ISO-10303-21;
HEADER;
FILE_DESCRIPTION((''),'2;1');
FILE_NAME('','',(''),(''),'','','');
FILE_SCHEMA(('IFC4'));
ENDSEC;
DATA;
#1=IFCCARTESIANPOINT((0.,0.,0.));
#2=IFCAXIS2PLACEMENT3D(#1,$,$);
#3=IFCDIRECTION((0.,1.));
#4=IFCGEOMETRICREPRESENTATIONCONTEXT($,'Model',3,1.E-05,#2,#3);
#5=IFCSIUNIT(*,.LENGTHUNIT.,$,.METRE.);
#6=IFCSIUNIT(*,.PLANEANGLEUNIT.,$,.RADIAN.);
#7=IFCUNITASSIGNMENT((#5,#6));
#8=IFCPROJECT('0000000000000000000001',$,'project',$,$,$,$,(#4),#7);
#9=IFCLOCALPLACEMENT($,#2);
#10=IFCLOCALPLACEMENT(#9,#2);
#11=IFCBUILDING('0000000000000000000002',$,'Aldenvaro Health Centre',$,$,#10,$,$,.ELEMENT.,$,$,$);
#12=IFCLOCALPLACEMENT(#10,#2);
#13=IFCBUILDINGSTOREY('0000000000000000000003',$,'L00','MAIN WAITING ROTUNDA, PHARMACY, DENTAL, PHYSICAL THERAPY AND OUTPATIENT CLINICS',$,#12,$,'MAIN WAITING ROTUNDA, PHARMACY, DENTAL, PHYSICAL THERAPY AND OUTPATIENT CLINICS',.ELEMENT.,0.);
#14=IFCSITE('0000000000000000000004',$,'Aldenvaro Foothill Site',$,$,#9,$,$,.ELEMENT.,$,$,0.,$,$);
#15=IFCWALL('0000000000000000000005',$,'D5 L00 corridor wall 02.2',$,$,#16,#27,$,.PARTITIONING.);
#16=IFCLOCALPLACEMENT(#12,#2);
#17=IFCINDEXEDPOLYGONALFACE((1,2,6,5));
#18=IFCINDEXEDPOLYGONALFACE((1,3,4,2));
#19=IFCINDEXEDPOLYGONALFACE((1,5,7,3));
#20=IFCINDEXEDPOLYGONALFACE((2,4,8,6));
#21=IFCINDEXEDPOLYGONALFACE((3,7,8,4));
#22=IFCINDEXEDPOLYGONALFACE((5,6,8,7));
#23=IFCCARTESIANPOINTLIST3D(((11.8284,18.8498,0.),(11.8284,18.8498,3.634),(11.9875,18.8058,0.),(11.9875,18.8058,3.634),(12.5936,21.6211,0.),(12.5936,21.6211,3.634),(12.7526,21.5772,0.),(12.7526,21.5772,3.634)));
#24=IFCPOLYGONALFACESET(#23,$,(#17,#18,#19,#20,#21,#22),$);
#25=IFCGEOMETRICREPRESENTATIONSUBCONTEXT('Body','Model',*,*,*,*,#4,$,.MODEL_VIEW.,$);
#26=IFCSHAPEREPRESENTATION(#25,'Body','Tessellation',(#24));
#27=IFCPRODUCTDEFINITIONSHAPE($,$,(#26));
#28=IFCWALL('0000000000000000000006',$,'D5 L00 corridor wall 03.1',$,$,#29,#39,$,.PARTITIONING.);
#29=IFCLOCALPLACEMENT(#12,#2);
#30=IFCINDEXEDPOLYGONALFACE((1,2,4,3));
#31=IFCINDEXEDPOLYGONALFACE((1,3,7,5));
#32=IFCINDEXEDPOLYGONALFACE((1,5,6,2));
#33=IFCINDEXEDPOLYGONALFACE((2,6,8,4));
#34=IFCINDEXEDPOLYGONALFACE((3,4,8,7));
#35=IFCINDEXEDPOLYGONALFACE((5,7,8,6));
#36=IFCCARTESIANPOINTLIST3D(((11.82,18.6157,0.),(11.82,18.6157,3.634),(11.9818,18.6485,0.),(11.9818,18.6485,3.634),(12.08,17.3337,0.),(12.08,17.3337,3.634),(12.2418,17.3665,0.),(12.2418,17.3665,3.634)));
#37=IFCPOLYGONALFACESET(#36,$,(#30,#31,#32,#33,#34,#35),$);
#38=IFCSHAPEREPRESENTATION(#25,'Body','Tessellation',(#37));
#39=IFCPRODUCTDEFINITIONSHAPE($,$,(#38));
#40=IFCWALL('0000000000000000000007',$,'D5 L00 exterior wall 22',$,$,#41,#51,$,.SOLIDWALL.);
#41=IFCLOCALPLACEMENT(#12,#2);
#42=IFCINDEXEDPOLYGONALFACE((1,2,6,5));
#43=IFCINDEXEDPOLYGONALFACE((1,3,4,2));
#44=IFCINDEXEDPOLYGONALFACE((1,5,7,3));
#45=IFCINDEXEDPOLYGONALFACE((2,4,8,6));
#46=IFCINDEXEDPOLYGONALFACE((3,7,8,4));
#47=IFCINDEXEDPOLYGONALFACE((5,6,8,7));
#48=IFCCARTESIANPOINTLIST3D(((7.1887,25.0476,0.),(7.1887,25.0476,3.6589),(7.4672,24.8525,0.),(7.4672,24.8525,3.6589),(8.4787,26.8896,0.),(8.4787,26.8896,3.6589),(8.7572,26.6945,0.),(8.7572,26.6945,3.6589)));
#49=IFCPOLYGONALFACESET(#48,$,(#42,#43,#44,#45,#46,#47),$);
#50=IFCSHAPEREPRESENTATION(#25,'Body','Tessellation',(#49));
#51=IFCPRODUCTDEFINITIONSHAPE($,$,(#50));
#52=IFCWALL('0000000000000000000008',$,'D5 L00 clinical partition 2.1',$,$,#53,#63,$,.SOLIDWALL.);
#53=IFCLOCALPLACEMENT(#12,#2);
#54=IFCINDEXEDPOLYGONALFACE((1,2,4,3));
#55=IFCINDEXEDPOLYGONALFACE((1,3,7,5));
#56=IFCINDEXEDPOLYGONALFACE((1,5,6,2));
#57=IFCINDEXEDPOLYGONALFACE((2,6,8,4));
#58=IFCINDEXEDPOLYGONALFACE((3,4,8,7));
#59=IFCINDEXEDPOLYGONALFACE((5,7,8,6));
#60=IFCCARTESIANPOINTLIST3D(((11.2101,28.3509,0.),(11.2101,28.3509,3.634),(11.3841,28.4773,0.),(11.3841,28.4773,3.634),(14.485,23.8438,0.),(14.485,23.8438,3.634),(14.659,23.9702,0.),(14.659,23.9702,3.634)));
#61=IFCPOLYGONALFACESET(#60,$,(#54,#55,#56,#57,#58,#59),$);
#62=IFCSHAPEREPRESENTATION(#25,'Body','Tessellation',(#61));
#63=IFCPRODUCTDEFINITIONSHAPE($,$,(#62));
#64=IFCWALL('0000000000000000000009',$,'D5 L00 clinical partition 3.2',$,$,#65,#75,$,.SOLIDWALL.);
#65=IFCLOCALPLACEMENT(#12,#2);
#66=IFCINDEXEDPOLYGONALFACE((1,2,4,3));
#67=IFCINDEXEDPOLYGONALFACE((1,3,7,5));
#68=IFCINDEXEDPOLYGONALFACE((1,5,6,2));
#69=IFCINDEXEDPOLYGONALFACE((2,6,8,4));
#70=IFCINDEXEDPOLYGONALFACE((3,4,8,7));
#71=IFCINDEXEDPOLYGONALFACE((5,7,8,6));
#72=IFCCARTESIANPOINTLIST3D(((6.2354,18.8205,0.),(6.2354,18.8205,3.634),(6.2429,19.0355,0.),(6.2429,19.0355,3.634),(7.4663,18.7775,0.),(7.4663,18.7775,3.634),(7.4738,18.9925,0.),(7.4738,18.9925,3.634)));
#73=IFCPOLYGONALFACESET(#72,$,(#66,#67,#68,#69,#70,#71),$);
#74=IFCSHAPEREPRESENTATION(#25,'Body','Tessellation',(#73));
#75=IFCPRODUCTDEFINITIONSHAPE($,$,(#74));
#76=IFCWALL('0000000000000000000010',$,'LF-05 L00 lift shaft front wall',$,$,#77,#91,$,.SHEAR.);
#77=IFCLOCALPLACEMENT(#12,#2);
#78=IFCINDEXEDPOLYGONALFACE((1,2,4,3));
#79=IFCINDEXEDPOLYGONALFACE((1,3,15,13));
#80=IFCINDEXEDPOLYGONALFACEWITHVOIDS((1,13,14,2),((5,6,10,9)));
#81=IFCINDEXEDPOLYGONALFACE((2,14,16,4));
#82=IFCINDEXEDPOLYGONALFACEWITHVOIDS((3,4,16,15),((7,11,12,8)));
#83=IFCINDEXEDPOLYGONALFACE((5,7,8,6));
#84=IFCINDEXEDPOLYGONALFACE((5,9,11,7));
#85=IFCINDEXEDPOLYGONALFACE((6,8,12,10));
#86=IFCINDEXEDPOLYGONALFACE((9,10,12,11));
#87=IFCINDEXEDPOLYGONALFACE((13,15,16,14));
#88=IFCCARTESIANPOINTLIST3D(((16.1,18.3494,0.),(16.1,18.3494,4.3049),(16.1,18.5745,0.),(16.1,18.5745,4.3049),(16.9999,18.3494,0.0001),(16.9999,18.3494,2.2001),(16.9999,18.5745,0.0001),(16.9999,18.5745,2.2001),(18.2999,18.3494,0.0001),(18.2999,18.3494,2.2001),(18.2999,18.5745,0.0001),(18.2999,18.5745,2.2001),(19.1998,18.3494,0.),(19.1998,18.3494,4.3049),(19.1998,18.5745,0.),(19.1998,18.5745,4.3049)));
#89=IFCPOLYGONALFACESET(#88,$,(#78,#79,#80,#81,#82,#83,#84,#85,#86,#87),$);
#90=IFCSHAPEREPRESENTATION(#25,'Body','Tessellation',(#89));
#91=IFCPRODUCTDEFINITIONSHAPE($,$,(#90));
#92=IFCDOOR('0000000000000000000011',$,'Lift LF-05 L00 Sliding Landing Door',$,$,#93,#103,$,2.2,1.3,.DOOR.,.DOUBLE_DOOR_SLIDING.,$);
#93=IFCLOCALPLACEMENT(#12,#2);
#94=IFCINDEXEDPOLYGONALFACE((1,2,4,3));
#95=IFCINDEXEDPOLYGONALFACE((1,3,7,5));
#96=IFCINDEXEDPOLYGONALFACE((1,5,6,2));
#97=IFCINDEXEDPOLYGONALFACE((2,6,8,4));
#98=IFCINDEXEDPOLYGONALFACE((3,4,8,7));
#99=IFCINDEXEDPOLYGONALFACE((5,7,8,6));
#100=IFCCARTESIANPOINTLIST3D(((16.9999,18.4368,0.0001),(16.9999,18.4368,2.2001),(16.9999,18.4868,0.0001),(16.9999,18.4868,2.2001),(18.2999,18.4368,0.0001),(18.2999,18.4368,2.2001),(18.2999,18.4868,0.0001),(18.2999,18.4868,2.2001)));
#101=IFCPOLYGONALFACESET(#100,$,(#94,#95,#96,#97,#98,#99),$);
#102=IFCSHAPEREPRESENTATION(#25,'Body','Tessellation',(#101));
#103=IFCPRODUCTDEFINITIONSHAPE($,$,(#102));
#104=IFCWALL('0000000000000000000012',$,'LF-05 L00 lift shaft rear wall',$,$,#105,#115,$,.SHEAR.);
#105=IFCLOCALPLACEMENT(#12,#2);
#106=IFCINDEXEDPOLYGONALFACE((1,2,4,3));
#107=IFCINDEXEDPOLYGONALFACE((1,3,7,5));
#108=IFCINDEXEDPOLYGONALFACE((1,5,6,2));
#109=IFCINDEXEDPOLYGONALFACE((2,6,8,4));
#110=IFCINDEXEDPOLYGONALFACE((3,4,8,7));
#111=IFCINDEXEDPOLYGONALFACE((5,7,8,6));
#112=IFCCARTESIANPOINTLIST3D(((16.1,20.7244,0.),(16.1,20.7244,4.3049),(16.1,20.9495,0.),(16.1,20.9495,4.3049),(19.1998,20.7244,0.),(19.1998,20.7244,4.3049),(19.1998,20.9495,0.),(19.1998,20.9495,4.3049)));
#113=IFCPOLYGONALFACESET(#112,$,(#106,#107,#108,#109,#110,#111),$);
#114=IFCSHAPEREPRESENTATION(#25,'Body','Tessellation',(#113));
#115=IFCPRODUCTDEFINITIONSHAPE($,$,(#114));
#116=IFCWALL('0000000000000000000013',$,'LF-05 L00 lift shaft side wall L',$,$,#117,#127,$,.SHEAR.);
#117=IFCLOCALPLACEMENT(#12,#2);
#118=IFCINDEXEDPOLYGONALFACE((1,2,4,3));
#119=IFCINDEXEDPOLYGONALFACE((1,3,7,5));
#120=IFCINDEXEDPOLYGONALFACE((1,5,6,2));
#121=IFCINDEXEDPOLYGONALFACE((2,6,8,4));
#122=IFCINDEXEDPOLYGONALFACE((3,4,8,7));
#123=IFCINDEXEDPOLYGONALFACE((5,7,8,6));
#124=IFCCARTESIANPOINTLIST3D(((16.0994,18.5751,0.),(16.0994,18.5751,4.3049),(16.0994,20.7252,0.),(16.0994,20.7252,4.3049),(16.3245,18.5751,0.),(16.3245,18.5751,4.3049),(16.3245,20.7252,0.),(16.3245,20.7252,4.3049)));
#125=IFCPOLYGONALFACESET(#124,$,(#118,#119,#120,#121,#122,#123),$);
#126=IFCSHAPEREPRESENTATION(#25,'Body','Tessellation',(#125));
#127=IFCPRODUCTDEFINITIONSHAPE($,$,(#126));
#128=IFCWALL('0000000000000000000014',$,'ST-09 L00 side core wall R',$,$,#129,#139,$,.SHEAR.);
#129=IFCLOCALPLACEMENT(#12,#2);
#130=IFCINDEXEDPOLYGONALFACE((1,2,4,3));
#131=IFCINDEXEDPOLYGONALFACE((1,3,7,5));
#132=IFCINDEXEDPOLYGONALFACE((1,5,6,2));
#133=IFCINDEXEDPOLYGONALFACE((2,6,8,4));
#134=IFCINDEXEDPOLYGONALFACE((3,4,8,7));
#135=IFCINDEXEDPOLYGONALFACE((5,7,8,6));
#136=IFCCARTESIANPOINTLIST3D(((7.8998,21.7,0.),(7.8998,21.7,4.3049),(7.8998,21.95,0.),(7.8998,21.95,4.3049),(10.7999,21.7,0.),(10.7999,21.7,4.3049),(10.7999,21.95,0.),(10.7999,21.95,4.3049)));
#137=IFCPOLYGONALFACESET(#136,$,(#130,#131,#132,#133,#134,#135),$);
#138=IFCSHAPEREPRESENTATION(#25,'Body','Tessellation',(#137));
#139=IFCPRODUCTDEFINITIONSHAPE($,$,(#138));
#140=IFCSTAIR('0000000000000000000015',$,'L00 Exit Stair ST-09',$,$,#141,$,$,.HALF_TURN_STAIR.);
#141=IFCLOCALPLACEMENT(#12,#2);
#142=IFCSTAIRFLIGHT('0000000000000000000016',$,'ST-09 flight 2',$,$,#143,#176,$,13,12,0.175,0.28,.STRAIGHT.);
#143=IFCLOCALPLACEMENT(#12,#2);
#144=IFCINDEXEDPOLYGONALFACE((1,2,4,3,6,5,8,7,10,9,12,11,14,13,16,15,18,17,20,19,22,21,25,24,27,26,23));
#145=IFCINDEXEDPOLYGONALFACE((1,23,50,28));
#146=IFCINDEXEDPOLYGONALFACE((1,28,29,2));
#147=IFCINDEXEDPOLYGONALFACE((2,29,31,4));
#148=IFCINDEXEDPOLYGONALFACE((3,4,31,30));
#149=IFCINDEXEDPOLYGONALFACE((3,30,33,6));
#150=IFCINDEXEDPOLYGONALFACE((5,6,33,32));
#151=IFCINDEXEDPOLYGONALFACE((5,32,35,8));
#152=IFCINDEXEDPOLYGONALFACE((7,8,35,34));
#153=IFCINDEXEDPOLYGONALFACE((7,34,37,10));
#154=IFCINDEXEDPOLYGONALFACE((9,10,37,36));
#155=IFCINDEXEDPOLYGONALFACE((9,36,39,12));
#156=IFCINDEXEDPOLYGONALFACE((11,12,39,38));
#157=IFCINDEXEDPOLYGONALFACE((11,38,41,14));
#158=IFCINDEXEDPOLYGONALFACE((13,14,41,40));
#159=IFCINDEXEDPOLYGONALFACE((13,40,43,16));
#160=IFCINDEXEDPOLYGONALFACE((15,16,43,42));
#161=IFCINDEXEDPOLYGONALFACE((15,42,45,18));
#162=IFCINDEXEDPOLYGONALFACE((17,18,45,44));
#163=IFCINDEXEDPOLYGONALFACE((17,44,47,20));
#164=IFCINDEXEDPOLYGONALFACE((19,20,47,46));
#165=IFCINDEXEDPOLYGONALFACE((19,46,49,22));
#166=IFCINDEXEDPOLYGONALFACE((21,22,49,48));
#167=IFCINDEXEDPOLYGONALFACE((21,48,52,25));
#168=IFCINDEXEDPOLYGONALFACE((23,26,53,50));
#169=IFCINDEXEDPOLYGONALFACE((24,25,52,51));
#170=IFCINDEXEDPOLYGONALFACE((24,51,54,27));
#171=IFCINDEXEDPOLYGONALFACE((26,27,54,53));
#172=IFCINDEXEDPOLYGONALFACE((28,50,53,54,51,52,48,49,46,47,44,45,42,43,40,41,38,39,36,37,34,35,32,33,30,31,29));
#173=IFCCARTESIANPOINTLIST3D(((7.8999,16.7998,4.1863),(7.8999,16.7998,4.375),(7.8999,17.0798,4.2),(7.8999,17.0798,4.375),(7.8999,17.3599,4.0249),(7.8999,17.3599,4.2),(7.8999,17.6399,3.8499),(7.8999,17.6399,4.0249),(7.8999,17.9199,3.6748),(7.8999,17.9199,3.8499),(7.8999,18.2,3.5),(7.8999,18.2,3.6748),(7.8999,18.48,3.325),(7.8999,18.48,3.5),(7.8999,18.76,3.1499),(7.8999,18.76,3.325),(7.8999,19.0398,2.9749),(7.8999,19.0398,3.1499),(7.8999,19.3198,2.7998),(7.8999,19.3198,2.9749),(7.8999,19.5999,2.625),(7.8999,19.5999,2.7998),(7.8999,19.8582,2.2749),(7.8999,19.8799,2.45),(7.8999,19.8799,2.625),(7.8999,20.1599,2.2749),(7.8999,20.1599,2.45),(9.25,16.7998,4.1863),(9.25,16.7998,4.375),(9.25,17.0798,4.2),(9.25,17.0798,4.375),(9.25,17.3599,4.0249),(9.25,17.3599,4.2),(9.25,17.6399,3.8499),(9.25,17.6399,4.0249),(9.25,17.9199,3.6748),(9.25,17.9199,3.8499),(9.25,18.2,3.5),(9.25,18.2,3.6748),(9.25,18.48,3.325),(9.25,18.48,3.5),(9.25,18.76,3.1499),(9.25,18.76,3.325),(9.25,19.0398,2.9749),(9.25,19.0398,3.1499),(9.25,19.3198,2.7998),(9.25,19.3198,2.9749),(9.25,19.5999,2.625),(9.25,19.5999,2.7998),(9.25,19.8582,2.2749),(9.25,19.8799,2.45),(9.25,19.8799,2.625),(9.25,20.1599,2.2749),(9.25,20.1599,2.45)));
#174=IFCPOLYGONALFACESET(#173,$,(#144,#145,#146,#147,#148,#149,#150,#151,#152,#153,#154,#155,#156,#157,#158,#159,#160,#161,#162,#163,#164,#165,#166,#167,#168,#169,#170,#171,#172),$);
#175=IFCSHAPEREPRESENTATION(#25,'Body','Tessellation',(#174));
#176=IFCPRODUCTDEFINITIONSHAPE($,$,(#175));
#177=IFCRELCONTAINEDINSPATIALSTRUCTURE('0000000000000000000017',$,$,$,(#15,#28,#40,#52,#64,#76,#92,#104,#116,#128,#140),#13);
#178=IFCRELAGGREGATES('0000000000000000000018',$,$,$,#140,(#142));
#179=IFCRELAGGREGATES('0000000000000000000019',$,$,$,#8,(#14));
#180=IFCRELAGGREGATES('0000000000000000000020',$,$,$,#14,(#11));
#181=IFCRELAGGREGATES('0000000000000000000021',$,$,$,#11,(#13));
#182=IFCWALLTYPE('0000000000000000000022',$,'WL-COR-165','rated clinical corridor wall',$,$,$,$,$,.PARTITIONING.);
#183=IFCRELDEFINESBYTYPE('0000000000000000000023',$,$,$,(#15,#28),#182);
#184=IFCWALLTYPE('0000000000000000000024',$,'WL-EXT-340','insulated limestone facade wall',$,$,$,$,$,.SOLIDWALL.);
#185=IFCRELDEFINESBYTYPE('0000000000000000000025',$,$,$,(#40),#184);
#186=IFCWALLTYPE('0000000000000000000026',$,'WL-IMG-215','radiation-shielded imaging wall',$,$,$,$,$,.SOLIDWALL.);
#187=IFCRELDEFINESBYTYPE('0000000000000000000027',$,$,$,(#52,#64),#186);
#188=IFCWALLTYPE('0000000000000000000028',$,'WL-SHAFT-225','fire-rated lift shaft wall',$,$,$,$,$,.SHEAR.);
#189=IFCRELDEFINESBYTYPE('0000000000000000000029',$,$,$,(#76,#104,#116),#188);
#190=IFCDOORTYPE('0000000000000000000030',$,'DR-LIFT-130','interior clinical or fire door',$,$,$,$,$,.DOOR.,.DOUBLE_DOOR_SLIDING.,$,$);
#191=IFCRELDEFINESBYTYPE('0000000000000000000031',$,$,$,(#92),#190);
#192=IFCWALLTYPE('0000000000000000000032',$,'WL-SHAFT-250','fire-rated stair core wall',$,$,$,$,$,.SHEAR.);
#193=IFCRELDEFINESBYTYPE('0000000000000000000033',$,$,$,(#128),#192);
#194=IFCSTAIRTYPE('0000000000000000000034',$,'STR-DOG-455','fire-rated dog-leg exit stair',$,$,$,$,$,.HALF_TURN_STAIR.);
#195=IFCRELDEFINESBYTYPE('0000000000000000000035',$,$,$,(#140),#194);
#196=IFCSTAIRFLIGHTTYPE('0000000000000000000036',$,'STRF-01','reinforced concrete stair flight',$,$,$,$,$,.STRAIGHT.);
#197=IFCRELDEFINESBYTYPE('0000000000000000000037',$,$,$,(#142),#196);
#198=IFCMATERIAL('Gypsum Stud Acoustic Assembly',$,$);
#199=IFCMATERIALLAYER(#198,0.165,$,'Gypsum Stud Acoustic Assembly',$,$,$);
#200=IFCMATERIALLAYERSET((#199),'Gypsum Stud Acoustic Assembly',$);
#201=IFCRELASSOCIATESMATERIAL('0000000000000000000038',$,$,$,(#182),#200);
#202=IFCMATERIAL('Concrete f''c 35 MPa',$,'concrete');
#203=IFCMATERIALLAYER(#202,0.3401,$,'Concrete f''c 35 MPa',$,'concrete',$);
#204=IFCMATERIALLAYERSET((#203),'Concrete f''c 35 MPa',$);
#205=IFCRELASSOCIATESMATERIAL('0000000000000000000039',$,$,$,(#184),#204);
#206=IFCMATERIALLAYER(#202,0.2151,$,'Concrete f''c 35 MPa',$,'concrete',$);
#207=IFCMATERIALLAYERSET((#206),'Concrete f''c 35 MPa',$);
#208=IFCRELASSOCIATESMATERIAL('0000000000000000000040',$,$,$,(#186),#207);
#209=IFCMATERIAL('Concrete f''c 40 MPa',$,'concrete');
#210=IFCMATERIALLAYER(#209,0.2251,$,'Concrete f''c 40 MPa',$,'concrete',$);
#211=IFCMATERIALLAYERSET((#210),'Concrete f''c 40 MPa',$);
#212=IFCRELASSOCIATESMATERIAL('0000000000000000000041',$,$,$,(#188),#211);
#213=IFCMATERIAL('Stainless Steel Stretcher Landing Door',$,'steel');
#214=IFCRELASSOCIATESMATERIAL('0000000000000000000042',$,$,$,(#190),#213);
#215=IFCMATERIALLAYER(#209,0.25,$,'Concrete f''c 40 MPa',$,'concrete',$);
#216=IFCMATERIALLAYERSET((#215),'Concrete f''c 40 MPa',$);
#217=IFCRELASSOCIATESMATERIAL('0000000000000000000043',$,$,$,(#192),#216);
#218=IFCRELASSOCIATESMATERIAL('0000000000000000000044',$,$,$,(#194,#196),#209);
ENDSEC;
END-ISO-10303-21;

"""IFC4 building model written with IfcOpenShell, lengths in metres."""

from ifc_helpers import new_model, si_unit, direction, frame, frame_2d, origin, place, context, subcontext, project, spatial, polyline, rectangle, outline, extrude, material, layer, layer_set, type_object, element, fill, aggregate, save


model = new_model("IFC4")

# Units and contexts
model_context = context("Model", 3, precision=1e-05, world=origin(), true_north=direction((0.0, 1.0)))
body_context = subcontext(model_context, "Body", "Model", "MODEL_VIEW")
ifc_project = project(units=[si_unit("LENGTHUNIT", "METRE"), si_unit("PLANEANGLEUNIT", "RADIAN")], contexts=[model_context])

# Site, building, storey
site_placement = place(None, origin())
site = spatial("IfcSite", under=ifc_project, at=site_placement, Name="Aldenvaro Foothill Site", CompositionType="ELEMENT", RefElevation=0.0)
building_placement = place(site_placement, origin())
building = spatial("IfcBuilding", under=site, at=building_placement, Name="Aldenvaro Health Centre", CompositionType="ELEMENT")
storey_placement = place(building_placement, origin())
storey = spatial("IfcBuildingStorey", under=building, at=storey_placement, Name="L00", Description="MAIN WAITING ROTUNDA, PHARMACY, DENTAL, PHYSICAL THERAPY AND OUTPATIENT CLINICS", LongName="MAIN WAITING ROTUNDA, PHARMACY, DENTAL, PHYSICAL THERAPY AND OUTPATIENT CLINICS", CompositionType="ELEMENT", Elevation=0.0)

# Shared definitions
ifc_material_1 = material(Name="Concrete f'c 40 MPa", Category="concrete")

# Shared definitions
ifc_material_2 = material(Name="Gypsum Stud Acoustic Assembly")
ifc_layer_1 = layer(ifc_material_2, 0.165, Name="Gypsum Stud Acoustic Assembly")
ifc_layer_set_1 = layer_set([ifc_layer_1], Name="Gypsum Stud Acoustic Assembly")
wall_type_1 = type_object("IfcWallType", Name="WL-COR-165", Description="rated clinical corridor wall", PredefinedType="PARTITIONING", material=ifc_layer_set_1)

# Walls
wall_1_placement = place(storey_placement, frame((12.6731, 21.5991, 0.0), z_axis=(0.0, 0.0, 1.0), x_axis=(-0.266141, -0.963934, 0.0)))
element("IfcWall", 1, at=wall_1_placement, inside=storey, type_object=wall_type_1, Name="D5 L00 corridor wall 02.2", PredefinedType="PARTITIONING", context=body_context, shape_type="SweptSolid", body=[
    extrude(rectangle(XDim=2.875, YDim=0.165, at=frame_2d((1.4375, 0.0))), origin(), (0.0, 0.0, 1.0), 3.634),
])
wall_2_placement = place(storey_placement, frame((11.9009, 18.6321, 0.0), z_axis=(0.0, 0.0, 1.0), x_axis=(0.198771, -0.980046, 0.0)))
element("IfcWall", 2, at=wall_2_placement, inside=storey, type_object=wall_type_1, Name="D5 L00 corridor wall 03.1", PredefinedType="PARTITIONING", context=body_context, shape_type="SweptSolid", body=[
    extrude(rectangle(XDim=1.3081, YDim=0.165, at=frame_2d((0.6541, 0.0))), origin(), (0.0, 0.0, 1.0), 3.634),
])
ifc_material_3 = material(Name="Concrete f'c 35 MPa", Category="concrete")
ifc_layer_2 = layer(ifc_material_3, 0.3401, Name="Concrete f'c 35 MPa", Category="concrete")
ifc_layer_set_2 = layer_set([ifc_layer_2], Name="Concrete f'c 35 MPa")
wall_type_2 = type_object("IfcWallType", Name="WL-EXT-340", Description="insulated limestone facade wall", PredefinedType="SOLIDWALL", material=ifc_layer_set_2)
wall_3_placement = place(storey_placement, frame((7.3279, 24.95, 0.0), z_axis=(0.0, 0.0, 1.0), x_axis=(0.573644, 0.819104, 0.0)))
element("IfcWall", 3, at=wall_3_placement, inside=storey, type_object=wall_type_2, Name="D5 L00 exterior wall 22", PredefinedType="SOLIDWALL", context=body_context, shape_type="SweptSolid", body=[
    extrude(rectangle(XDim=2.2488, YDim=0.3401, at=frame_2d((1.1245, 0.0))), origin(), (0.0, 0.0, 1.0), 3.6589),
])
ifc_layer_3 = layer(ifc_material_3, 0.2151, Name="Concrete f'c 35 MPa", Category="concrete")
ifc_layer_set_3 = layer_set([ifc_layer_3], Name="Concrete f'c 35 MPa")
wall_type_3 = type_object("IfcWallType", Name="WL-IMG-215", Description="radiation-shielded imaging wall", PredefinedType="SOLIDWALL", material=ifc_layer_set_3)
wall_4_placement = place(storey_placement, frame((14.572, 23.907, 0.0), z_axis=(0.0, 0.0, 1.0), x_axis=(-0.587822, 0.80899, 0.0)))
element("IfcWall", 4, at=wall_4_placement, inside=storey, type_object=wall_type_3, Name="D5 L00 clinical partition 2.1", PredefinedType="SOLIDWALL", context=body_context, shape_type="SweptSolid", body=[
    extrude(rectangle(XDim=5.5713, YDim=0.2151, at=frame_2d((2.7856, 0.0))), origin(), (0.0, 0.0, 1.0), 3.634),
])
wall_5_placement = place(storey_placement, frame((7.47, 18.885, 0.0), z_axis=(0.0, 0.0, 1.0), x_axis=(-0.999391, 0.034886, 0.0)))
element("IfcWall", 5, at=wall_5_placement, inside=storey, type_object=wall_type_3, Name="D5 L00 clinical partition 3.2", PredefinedType="SOLIDWALL", context=body_context, shape_type="SweptSolid", body=[
    extrude(rectangle(XDim=1.2317, YDim=0.2151, at=frame_2d((0.6157, 0.0))), origin(), (0.0, 0.0, 1.0), 3.634),
])

# Wall, opening, door
ifc_layer_4 = layer(ifc_material_1, 0.2251, Name="Concrete f'c 40 MPa", Category="concrete")
ifc_layer_set_4 = layer_set([ifc_layer_4], Name="Concrete f'c 40 MPa")
wall_type_4 = type_object("IfcWallType", Name="WL-SHAFT-225", Description="fire-rated lift shaft wall", PredefinedType="SHEAR", material=ifc_layer_set_4)
wall_6_placement = place(storey_placement, frame((16.1001, 18.4619, 0.0), z_axis=(0.0, 0.0, 1.0), x_axis=(1.0, 0.0, 0.0)))
wall_6 = element("IfcWall", 6, at=wall_6_placement, inside=storey, type_object=wall_type_4, Name="LF-05 L00 lift shaft front wall", PredefinedType="SHEAR", context=body_context, shape_type="SweptSolid", body=[
    extrude(rectangle(XDim=3.0999, YDim=0.2251, at=frame_2d((1.5498, 0.0))), origin(), (0.0, 0.0, 1.0), 4.3049),
])
opening_1_placement = place(wall_6_placement, frame((0.8999, 0.0, 0.0)))
opening_1 = element("IfcOpeningElement", 7, at=opening_1_placement, cuts=wall_6, PredefinedType="OPENING", context=body_context, shape_type="SweptSolid", body=[
    extrude(rectangle(XDim=1.3, YDim=2.2, at=frame_2d((0.6499, 1.1001))), frame((0.0, 0.1226, 0.0), z_axis=(0.0, -1.0, 0.0), x_axis=(1.0, 0.0, 0.0)), (0.0, 0.0, 1.0), 0.2451),
])
ifc_material_4 = material(Name="Stainless Steel Stretcher Landing Door", Category="steel")
door_type_1 = type_object("IfcDoorType", Name="DR-LIFT-130", Description="interior clinical or fire door", OperationType="DOUBLE_DOOR_SLIDING", PredefinedType="DOOR", material=ifc_material_4)
door_1_placement = place(opening_1_placement, origin())
door_1 = element("IfcDoor", 8, at=door_1_placement, inside=storey, type_object=door_type_1, Name="Lift LF-05 L00 Sliding Landing Door", OperationType="DOUBLE_DOOR_SLIDING", OverallHeight=2.2, OverallWidth=1.3, PredefinedType="DOOR", context=body_context, shape_type="SweptSolid", body=[
    extrude(rectangle(XDim=1.3, YDim=2.2, at=frame_2d((0.6499, 1.1001))), frame((0.0, 0.0249, 0.0), z_axis=(0.0, -1.0, 0.0), x_axis=(1.0, 0.0, 0.0)), (0.0, 0.0, 1.0), 0.05),
])
fill(opening_1, door_1)

# Walls
wall_7_placement = place(storey_placement, frame((16.1001, 20.8369, 0.0), z_axis=(0.0, 0.0, 1.0), x_axis=(1.0, 0.0, 0.0)))
element("IfcWall", 9, at=wall_7_placement, inside=storey, type_object=wall_type_4, Name="LF-05 L00 lift shaft rear wall", PredefinedType="SHEAR", context=body_context, shape_type="SweptSolid", body=[
    extrude(rectangle(XDim=3.0999, YDim=0.2251, at=frame_2d((1.5498, 0.0))), origin(), (0.0, 0.0, 1.0), 4.3049),
])
wall_8_placement = place(storey_placement, frame((16.2119, 18.575, 0.0), z_axis=(0.0, 0.0, 1.0), x_axis=(0.0, 1.0, 0.0)))
element("IfcWall", 10, at=wall_8_placement, inside=storey, type_object=wall_type_4, Name="LF-05 L00 lift shaft side wall L", PredefinedType="SHEAR", context=body_context, shape_type="SweptSolid", body=[
    extrude(rectangle(XDim=2.1501, YDim=0.2251, at=frame_2d((1.0752, 0.0))), origin(), (0.0, 0.0, 1.0), 4.3049),
])
ifc_layer_5 = layer(ifc_material_1, 0.25, Name="Concrete f'c 40 MPa", Category="concrete")
ifc_layer_set_5 = layer_set([ifc_layer_5], Name="Concrete f'c 40 MPa")
wall_type_5 = type_object("IfcWallType", Name="WL-SHAFT-250", Description="fire-rated stair core wall", PredefinedType="SHEAR", material=ifc_layer_set_5)
wall_9_placement = place(storey_placement, frame((10.8, 21.825, 0.0), z_axis=(0.0, 0.0, 1.0), x_axis=(-1.0, 0.0, 0.0)))
element("IfcWall", 11, at=wall_9_placement, inside=storey, type_object=wall_type_5, Name="ST-09 L00 side core wall R", PredefinedType="SHEAR", context=body_context, shape_type="SweptSolid", body=[
    extrude(rectangle(XDim=2.9001, YDim=0.25, at=frame_2d((1.4502, 0.0))), origin(), (0.0, 0.0, 1.0), 4.3049),
])

# Stair, stair flight
stair_type = type_object("IfcStairType", Name="STR-DOG-455", Description="fire-rated dog-leg exit stair", PredefinedType="HALF_TURN_STAIR", material=ifc_material_1)
stair_placement = place(storey_placement, origin())
stair = element("IfcStair", 12, at=stair_placement, inside=storey, type_object=stair_type, Name="L00 Exit Stair ST-09", PredefinedType="HALF_TURN_STAIR")
stair_flight_type = type_object("IfcStairFlightType", Name="STRF-01", Description="reinforced concrete stair flight", PredefinedType="STRAIGHT", material=ifc_material_1)
stair_flight_placement = place(storey_placement, frame((8.575, 20.1599, 2.2749), z_axis=(0.0, 0.0, 1.0), x_axis=(0.0, -1.0, 0.0)))
stair_flight = element("IfcStairFlight", 13, at=stair_flight_placement, type_object=stair_flight_type, Name="ST-09 flight 2", NumberOfRisers=13, NumberOfTreads=12, PredefinedType="STRAIGHT", RiserHeight=0.175, TreadLength=0.28, context=body_context, shape_type="SweptSolid", body=[
    extrude(outline(polyline([(0.0, 0.0), (0.0, 0.175), (0.28, 0.175), (0.28, 0.3501), (0.5601, 0.3501), (0.5601, 0.5249), (0.8401, 0.5249), (0.8401, 0.7), (1.1201, 0.7), (1.1201, 0.875), (1.3999, 0.875), (1.3999, 1.05), (1.6799, 1.05), (1.6799, 1.2251), (1.96, 1.2251), (1.96, 1.3999), (2.24, 1.3999), (2.24, 1.575), (2.52, 1.575), (2.52, 1.75), (2.8, 1.75), (2.8, 1.925), (3.0801, 1.925), (3.0801, 2.1001), (3.3601, 2.1001), (3.3601, 2.2749), (3.3601, 1.9114), (0.3018, 0.0), (0.0, 0.0)])), frame((0.0, 0.675, 0.0), z_axis=(0.0, -1.0, 0.0), x_axis=(1.0, 0.0, 0.0)), (0.0, 0.0, 1.0), 1.3501),
])
aggregate(stair, [stair_flight])

save(model, "model.ifc")
